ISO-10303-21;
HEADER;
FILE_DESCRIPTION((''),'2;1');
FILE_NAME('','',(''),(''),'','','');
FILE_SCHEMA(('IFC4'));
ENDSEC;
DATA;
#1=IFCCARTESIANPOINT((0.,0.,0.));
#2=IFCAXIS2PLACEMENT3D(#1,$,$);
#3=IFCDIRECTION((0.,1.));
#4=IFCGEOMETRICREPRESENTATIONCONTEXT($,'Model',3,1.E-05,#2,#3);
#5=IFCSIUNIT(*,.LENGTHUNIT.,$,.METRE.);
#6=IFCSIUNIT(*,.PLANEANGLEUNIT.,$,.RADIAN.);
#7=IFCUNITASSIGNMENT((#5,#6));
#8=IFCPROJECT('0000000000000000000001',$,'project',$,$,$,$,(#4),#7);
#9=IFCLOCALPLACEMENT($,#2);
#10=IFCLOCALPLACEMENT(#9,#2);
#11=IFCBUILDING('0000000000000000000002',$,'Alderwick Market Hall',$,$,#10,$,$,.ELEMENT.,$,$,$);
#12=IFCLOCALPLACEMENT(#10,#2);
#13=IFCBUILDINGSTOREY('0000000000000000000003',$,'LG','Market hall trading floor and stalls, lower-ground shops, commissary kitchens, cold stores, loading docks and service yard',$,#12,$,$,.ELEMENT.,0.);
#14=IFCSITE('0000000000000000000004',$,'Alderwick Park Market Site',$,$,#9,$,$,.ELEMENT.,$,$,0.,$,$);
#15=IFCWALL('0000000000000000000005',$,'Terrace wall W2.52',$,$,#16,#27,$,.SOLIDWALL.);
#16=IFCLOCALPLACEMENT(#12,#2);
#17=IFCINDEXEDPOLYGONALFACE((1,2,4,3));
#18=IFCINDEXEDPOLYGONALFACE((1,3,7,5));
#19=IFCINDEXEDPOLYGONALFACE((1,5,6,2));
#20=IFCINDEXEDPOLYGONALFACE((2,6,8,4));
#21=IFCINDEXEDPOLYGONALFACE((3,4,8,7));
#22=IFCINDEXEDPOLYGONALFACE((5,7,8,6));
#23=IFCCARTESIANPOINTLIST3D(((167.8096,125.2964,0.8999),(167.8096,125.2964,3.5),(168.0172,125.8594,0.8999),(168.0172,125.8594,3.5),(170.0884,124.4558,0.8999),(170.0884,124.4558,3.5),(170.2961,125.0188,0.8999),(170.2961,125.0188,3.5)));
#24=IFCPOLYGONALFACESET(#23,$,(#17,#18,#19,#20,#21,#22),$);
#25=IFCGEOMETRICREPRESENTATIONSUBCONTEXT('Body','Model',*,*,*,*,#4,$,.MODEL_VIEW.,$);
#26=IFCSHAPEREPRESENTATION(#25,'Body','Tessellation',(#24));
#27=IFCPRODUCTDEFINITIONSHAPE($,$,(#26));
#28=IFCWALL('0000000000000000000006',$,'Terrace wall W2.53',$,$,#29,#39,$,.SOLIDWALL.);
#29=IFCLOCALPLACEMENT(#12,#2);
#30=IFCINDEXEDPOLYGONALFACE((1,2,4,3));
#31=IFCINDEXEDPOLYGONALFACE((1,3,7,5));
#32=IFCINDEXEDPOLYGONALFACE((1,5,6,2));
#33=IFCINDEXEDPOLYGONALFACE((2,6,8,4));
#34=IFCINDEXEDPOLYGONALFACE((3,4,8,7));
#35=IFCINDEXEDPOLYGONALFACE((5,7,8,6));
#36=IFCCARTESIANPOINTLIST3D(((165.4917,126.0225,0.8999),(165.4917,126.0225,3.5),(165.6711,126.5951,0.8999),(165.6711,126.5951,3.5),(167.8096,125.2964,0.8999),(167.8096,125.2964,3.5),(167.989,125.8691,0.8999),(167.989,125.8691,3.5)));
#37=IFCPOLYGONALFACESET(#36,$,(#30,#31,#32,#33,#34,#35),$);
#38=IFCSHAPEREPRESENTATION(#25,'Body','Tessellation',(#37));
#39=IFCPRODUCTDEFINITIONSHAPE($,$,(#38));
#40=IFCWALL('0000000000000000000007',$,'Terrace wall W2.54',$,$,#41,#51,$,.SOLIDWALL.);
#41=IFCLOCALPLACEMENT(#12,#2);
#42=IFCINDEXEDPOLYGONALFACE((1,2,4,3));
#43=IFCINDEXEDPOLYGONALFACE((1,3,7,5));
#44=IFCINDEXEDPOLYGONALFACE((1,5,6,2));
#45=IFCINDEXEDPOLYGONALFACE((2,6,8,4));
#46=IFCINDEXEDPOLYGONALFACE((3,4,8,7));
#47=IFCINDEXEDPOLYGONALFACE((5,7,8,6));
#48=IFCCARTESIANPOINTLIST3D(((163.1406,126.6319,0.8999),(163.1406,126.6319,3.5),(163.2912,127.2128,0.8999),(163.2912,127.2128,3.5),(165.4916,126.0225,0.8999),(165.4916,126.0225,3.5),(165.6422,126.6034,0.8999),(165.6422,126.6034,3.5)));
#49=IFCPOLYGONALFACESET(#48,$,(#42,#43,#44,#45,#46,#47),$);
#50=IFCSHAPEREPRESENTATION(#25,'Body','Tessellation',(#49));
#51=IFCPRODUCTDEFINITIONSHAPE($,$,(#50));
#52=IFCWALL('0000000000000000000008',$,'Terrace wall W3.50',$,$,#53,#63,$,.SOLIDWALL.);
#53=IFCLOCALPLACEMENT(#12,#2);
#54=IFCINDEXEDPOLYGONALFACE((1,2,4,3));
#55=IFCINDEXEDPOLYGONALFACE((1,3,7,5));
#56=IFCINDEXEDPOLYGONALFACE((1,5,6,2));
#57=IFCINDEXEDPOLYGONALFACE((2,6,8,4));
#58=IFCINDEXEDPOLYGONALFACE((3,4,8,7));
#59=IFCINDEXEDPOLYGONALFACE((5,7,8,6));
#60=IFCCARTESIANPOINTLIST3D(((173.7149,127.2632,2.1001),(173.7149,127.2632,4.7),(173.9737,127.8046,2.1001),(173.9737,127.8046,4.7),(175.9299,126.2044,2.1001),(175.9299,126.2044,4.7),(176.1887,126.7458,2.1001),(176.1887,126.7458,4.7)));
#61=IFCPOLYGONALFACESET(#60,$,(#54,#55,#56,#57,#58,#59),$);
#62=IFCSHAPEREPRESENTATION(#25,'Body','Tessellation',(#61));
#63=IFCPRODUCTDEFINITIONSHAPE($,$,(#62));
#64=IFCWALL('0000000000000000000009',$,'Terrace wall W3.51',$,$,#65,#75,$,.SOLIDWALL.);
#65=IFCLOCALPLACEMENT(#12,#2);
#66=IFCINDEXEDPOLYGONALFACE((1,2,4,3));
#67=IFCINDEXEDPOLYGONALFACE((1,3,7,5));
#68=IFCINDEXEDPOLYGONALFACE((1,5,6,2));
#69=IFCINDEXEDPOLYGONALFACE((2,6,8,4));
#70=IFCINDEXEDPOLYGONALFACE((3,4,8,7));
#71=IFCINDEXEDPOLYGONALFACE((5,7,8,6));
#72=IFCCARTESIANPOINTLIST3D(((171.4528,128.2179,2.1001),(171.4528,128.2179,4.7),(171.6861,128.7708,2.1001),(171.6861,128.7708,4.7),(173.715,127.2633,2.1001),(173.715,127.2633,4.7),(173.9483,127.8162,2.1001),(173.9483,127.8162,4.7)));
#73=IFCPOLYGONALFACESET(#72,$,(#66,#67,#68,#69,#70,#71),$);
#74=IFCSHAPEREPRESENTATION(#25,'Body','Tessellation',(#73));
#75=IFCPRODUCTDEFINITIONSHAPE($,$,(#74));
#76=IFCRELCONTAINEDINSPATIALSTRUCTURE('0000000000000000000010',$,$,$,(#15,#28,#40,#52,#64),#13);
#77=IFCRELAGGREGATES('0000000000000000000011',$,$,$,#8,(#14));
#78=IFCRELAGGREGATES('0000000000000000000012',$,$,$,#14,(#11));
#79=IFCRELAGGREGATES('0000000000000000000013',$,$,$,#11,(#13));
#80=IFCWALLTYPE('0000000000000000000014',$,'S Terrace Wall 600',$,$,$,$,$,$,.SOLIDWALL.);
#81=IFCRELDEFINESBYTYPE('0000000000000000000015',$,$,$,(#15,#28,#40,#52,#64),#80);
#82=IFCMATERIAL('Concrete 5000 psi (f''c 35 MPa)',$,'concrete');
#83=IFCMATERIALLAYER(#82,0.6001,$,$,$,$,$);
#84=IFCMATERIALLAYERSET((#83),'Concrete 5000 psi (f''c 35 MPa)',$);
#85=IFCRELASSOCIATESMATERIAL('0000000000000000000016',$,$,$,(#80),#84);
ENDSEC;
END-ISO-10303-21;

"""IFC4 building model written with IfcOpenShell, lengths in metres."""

from ifc_helpers import new_model, si_unit, direction, frame, frame_2d, origin, place, context, subcontext, project, spatial, rectangle, extrude, material, layer, layer_set, type_object, element, save


model = new_model("IFC4")

# Units and contexts
model_context = context("Model", 3, precision=1e-05, world=origin(), true_north=direction((0.0, 1.0)))
body_context = subcontext(model_context, "Body", "Model", "MODEL_VIEW")
ifc_project = project(units=[si_unit("LENGTHUNIT", "METRE"), si_unit("PLANEANGLEUNIT", "RADIAN")], contexts=[model_context])

# Site, building, storey
site_placement = place(None, origin())
site = spatial("IfcSite", under=ifc_project, at=site_placement, Name="Alderwick Park Market Site", CompositionType="ELEMENT", RefElevation=0.0)
building_placement = place(site_placement, origin())
building = spatial("IfcBuilding", under=site, at=building_placement, Name="Alderwick Market Hall", CompositionType="ELEMENT")
storey_placement = place(building_placement, origin())
storey = spatial("IfcBuildingStorey", under=building, at=storey_placement, Name="LG", Description="Market hall trading floor and stalls, lower-ground shops, commissary kitchens, cold stores, loading docks and service yard", CompositionType="ELEMENT", Elevation=0.0)

# Shared definitions
ifc_material_1 = material(Name="Concrete 5000 psi (f'c 35 MPa)", Category="concrete")

# Walls
ifc_layer_1 = layer(ifc_material_1, 0.6001)
ifc_layer_set_1 = layer_set([ifc_layer_1], Name="Concrete 5000 psi (f'c 35 MPa)")
wall_type_1 = type_object("IfcWallType", Name="S Terrace Wall 600", PredefinedType="SOLIDWALL", material=ifc_layer_set_1)
for number, where, z_axis, x_axis, name in (
    (1, (170.1921, 124.7373, 0.8999), (0.0, 0.0, 1.0), (-0.938207, 0.346073, 0.0), "Terrace wall W2.52"),
    (2, (167.8992, 125.5828, 0.8999), (0.0, 0.0, 1.0), (-0.954276, 0.298927, 0.0), "Terrace wall W2.53"),
):
    element("IfcWall", number, at=place(storey_placement, frame(where, z_axis=z_axis, x_axis=x_axis)), inside=storey, type_object=wall_type_1, Name=name, PredefinedType="SOLIDWALL", context=body_context, shape_type="SweptSolid", body=[
        extrude(rectangle(XDim=2.429, YDim=0.6001, at=frame_2d((1.2144, 0.0))), origin(), (0.0, 0.0, 1.0), 2.6001),
    ])
wall_1_placement = place(storey_placement, frame((165.5669, 126.313, 0.8999), z_axis=(0.0, 0.0, 1.0), x_axis=(-0.968013, 0.250899, 0.0)))
element("IfcWall", 3, at=wall_1_placement, inside=storey, type_object=wall_type_1, Name="Terrace wall W2.54", PredefinedType="SOLIDWALL", context=body_context, shape_type="SweptSolid", body=[
    extrude(rectangle(XDim=2.4287, YDim=0.6001, at=frame_2d((1.2144, 0.0))), origin(), (0.0, 0.0, 1.0), 2.6001),
])
wall_2_placement = place(storey_placement, frame((176.0593, 126.4751, 2.1001), z_axis=(0.0, 0.0, 1.0), x_axis=(-0.902222, 0.431273, 0.0)))
element("IfcWall", 4, at=wall_2_placement, inside=storey, type_object=wall_type_1, Name="Terrace wall W3.50", PredefinedType="SOLIDWALL", context=body_context, shape_type="SweptSolid", body=[
    extrude(rectangle(XDim=2.4551, YDim=0.6001, at=frame_2d((1.2275, 0.0))), origin(), (0.0, 0.0, 1.0), 2.5999),
])
wall_3_placement = place(storey_placement, frame((173.8315, 127.5398, 2.1001), z_axis=(0.0, 0.0, 1.0), x_axis=(-0.921332, 0.388777, 0.0)))
element("IfcWall", 5, at=wall_3_placement, inside=storey, type_object=wall_type_1, Name="Terrace wall W3.51", PredefinedType="SOLIDWALL", context=body_context, shape_type="SweptSolid", body=[
    extrude(rectangle(XDim=2.4553, YDim=0.6001, at=frame_2d((1.2275, 0.0))), origin(), (0.0, 0.0, 1.0), 2.5999),
])

save(model, "model.ifc")
